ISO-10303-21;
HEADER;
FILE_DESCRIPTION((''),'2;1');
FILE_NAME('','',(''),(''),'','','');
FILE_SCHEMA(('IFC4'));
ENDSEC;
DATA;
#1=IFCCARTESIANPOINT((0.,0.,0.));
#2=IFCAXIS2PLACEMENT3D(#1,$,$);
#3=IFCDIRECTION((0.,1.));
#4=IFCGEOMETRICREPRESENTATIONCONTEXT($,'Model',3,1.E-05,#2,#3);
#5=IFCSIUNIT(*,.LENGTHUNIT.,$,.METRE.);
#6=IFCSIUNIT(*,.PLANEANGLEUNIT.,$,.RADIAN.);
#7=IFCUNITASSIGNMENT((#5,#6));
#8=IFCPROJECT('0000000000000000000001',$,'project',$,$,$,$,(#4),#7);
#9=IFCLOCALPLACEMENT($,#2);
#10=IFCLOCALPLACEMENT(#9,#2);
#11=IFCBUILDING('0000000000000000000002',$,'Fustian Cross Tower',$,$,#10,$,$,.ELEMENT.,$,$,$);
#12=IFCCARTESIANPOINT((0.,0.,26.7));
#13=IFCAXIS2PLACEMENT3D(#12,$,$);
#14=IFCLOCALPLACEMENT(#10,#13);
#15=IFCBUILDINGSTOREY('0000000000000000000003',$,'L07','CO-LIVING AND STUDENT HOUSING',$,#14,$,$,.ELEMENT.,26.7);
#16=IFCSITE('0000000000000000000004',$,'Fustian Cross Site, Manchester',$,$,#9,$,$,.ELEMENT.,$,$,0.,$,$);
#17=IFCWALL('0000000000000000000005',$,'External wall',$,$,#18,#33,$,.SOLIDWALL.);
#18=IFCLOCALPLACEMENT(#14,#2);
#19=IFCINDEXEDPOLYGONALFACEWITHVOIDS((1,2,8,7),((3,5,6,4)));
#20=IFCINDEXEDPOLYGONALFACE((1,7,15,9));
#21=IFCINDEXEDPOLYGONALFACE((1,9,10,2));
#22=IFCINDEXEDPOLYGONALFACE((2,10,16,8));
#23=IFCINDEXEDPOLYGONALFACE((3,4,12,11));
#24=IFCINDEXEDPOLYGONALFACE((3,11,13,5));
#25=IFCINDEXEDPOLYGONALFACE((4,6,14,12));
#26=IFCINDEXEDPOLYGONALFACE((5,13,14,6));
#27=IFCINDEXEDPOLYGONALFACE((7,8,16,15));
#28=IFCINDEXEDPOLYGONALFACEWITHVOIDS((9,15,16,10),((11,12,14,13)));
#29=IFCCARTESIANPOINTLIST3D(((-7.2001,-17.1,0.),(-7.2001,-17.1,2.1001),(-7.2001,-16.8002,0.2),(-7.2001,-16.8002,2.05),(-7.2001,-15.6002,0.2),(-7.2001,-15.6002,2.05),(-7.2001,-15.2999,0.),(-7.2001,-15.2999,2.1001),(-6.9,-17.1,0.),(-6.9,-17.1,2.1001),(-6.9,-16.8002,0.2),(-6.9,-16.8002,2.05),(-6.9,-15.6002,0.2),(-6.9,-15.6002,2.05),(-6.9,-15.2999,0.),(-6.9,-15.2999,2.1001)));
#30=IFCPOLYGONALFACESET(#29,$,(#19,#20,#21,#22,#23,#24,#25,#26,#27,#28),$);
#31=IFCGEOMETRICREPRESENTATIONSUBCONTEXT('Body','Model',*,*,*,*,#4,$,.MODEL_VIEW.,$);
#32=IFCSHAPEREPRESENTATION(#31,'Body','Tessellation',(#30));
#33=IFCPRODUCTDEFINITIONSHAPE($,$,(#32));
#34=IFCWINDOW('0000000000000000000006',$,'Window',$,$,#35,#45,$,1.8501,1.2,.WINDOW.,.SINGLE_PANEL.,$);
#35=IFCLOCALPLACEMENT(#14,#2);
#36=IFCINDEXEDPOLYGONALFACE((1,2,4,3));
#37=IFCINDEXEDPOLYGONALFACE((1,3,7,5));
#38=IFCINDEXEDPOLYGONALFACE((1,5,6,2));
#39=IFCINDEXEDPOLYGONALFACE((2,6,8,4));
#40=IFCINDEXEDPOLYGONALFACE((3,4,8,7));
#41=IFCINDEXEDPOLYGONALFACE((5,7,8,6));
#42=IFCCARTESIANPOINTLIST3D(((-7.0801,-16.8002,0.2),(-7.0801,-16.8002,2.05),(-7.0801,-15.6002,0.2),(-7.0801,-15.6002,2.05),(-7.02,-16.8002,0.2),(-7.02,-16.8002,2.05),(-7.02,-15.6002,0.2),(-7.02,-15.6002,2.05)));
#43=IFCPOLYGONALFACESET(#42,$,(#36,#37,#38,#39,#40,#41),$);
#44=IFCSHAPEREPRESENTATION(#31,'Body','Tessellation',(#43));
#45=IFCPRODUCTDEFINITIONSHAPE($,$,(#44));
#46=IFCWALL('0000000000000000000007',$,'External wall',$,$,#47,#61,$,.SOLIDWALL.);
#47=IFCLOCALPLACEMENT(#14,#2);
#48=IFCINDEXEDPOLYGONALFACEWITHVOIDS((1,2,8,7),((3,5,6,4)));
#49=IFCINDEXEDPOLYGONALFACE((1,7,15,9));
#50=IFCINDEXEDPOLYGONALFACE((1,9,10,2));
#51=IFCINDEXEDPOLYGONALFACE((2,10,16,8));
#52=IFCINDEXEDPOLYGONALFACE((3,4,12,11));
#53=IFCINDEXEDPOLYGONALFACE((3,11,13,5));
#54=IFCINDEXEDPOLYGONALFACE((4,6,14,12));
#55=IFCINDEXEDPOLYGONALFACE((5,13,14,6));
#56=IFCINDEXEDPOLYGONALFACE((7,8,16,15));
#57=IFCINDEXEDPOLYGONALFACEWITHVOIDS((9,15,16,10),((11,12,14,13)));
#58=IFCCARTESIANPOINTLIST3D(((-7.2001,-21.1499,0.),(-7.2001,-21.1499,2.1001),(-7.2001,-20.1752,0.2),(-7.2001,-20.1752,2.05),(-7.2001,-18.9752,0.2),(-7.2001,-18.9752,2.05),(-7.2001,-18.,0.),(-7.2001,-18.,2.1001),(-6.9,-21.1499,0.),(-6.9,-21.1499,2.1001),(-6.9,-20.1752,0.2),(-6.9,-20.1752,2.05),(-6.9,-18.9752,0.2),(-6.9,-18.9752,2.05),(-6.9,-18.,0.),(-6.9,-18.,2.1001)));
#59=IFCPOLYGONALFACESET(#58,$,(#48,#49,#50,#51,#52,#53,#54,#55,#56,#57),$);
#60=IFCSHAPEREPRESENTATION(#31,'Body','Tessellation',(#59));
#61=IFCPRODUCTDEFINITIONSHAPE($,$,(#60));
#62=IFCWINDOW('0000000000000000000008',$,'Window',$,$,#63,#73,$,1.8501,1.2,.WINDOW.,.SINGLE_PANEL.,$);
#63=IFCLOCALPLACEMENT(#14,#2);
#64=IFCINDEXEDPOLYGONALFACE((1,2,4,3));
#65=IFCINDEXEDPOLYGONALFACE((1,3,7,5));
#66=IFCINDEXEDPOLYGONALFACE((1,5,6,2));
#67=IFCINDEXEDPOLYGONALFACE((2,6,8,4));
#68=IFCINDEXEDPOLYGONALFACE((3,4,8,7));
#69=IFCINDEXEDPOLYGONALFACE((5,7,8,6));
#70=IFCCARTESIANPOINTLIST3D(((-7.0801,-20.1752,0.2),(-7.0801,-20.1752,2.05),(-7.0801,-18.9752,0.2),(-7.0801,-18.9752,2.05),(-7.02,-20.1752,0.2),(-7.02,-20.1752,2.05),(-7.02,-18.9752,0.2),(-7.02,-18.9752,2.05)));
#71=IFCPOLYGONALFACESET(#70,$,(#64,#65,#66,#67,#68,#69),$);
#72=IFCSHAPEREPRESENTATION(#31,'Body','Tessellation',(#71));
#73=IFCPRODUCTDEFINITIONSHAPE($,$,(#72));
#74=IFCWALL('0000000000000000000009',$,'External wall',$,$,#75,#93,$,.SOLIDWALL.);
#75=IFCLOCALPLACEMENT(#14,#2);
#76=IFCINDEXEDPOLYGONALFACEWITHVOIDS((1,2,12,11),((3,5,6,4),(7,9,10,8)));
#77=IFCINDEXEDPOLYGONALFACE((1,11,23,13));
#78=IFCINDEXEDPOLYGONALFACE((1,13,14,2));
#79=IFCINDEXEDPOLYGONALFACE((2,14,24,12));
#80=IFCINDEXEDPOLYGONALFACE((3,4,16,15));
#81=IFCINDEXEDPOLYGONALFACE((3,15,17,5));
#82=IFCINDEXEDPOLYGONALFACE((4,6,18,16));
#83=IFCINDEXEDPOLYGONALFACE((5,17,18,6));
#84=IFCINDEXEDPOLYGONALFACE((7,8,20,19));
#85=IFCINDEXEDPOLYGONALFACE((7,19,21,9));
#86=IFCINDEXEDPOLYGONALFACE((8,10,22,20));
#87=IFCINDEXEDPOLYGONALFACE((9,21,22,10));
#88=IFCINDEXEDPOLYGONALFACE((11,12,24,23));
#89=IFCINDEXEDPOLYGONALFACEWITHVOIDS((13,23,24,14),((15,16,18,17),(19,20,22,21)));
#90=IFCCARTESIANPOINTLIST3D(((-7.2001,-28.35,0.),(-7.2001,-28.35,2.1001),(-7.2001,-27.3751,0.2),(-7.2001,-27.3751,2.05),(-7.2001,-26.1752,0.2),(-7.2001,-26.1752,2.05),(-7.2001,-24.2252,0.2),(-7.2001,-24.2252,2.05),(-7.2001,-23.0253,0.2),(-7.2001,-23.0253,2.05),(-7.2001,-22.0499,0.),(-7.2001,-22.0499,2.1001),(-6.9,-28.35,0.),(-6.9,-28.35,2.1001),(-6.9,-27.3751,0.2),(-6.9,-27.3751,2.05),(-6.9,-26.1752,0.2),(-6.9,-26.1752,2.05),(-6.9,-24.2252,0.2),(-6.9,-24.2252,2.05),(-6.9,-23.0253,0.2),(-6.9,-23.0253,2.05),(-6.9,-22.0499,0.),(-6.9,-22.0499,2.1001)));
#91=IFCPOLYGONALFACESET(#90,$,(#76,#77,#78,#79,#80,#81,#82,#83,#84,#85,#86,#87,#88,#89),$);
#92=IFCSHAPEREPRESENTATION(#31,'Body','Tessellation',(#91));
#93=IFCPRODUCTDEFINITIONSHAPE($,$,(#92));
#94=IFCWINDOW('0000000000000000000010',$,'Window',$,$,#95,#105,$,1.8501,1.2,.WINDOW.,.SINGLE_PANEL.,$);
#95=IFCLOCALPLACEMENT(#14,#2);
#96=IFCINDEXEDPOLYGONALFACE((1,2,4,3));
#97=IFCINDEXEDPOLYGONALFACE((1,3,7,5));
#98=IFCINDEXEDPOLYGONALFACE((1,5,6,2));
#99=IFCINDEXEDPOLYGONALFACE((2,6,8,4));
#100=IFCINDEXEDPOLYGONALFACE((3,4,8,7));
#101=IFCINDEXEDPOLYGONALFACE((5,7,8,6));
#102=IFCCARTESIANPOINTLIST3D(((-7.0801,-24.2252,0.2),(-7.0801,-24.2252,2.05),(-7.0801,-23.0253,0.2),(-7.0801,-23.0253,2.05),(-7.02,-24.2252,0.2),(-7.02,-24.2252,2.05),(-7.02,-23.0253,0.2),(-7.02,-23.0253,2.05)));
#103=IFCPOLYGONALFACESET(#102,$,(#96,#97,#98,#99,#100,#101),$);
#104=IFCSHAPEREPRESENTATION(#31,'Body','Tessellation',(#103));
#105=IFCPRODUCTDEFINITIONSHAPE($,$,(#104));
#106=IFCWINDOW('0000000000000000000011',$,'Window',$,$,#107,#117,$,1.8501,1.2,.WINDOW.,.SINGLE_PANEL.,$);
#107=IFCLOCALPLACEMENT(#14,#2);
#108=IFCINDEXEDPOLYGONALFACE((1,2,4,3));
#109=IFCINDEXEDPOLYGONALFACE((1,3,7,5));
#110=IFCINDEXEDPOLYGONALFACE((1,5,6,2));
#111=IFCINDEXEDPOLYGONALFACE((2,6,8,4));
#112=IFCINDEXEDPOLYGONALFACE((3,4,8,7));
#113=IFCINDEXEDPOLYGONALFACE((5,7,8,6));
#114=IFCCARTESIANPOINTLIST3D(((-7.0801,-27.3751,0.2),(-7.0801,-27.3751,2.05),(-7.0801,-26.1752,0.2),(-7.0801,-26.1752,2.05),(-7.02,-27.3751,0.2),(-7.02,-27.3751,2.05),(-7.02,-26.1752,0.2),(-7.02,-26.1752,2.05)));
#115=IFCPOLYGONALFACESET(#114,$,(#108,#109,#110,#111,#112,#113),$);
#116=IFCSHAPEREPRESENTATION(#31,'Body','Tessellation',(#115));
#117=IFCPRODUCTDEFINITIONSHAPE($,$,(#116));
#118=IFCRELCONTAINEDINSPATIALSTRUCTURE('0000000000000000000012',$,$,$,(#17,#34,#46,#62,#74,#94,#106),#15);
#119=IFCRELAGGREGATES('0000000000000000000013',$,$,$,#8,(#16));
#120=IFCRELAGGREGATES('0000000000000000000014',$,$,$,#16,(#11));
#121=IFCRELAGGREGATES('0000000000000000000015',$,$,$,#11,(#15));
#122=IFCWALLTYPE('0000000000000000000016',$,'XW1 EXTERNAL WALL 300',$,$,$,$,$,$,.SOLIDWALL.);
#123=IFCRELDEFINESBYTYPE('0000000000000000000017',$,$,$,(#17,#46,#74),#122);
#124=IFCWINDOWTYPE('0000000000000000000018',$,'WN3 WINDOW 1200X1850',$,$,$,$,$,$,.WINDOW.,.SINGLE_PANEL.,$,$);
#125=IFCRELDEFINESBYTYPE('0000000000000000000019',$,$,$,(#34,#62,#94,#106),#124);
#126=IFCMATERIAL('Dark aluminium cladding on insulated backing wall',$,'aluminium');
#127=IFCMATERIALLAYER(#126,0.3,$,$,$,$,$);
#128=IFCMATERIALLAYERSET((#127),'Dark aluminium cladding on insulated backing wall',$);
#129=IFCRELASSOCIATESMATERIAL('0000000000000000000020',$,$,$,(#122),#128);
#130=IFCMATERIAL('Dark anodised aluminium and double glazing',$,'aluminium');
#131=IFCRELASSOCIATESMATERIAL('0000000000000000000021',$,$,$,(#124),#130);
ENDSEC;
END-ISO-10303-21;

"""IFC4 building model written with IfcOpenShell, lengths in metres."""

from ifc_helpers import new_model, si_unit, direction, frame, frame_2d, origin, place, context, subcontext, project, spatial, rectangle, extrude, material, layer, layer_set, type_object, element, fill, save


model = new_model("IFC4")

# Units and contexts
model_context = context("Model", 3, precision=1e-05, world=origin(), true_north=direction((0.0, 1.0)))
body_context = subcontext(model_context, "Body", "Model", "MODEL_VIEW")
ifc_project = project(units=[si_unit("LENGTHUNIT", "METRE"), si_unit("PLANEANGLEUNIT", "RADIAN")], contexts=[model_context])

# Site, building, storey
site_placement = place(None, origin())
site = spatial("IfcSite", under=ifc_project, at=site_placement, Name="Fustian Cross Site, Manchester", CompositionType="ELEMENT", RefElevation=0.0)
building_placement = place(site_placement, origin())
building = spatial("IfcBuilding", under=site, at=building_placement, Name="Fustian Cross Tower", CompositionType="ELEMENT")
storey_placement = place(building_placement, frame((0.0, 0.0, 26.7)))
storey = spatial("IfcBuildingStorey", under=building, at=storey_placement, Name="L07", Description="CO-LIVING AND STUDENT HOUSING", CompositionType="ELEMENT", Elevation=26.7)

# Shared definitions
ifc_material_1 = material(Name="Dark aluminium cladding on insulated backing wall", Category="aluminium")
ifc_layer_1 = layer(ifc_material_1, 0.3)
ifc_layer_set_1 = layer_set([ifc_layer_1], Name="Dark aluminium cladding on insulated backing wall")
wall_type_1 = type_object("IfcWallType", Name="XW1 EXTERNAL WALL 300", PredefinedType="SOLIDWALL", material=ifc_layer_set_1)

# Walls, openings, windows
wall_1_placement = place(storey_placement, frame((-7.05, -15.3, 0.0), z_axis=(0.0, 0.0, 1.0), x_axis=(0.0, -1.0, 0.0)))
wall_1 = element("IfcWall", 1, at=wall_1_placement, inside=storey, type_object=wall_type_1, Name="External wall", PredefinedType="SOLIDWALL", context=body_context, shape_type="SweptSolid", body=[
    extrude(rectangle(XDim=1.8, YDim=0.3, at=frame_2d((0.8999, 0.0))), origin(), (0.0, 0.0, 1.0), 2.1001),
])
opening_1_placement = place(wall_1_placement, frame((0.3, 0.0, 0.2)))
opening_1 = element("IfcOpeningElement", 2, at=opening_1_placement, cuts=wall_1, PredefinedType="OPENING", context=body_context, shape_type="SweptSolid", body=[
    extrude(rectangle(XDim=1.2, YDim=1.8501, at=frame_2d((0.6001, 0.925))), frame((0.0, 0.1599, 0.0), z_axis=(0.0, -1.0, 0.0), x_axis=(1.0, 0.0, 0.0)), (0.0, 0.0, 1.0), 0.3201),
])
ifc_material_2 = material(Name="Dark anodised aluminium and double glazing", Category="aluminium")
window_type = type_object("IfcWindowType", Name="WN3 WINDOW 1200X1850", PartitioningType="SINGLE_PANEL", PredefinedType="WINDOW", material=ifc_material_2)
window_1_placement = place(opening_1_placement, origin())
window_1 = element("IfcWindow", 3, at=window_1_placement, inside=storey, type_object=window_type, Name="Window", OverallHeight=1.8501, OverallWidth=1.2, PartitioningType="SINGLE_PANEL", PredefinedType="WINDOW", context=body_context, shape_type="SweptSolid", body=[
    extrude(rectangle(XDim=1.2, YDim=1.8501, at=frame_2d((0.6001, 0.925))), frame((0.0, 0.03, 0.0), z_axis=(0.0, -1.0, 0.0), x_axis=(1.0, 0.0, 0.0)), (0.0, 0.0, 1.0), 0.0601),
])
fill(opening_1, window_1)
wall_2_placement = place(storey_placement, frame((-7.05, -18.0, 0.0), z_axis=(0.0, 0.0, 1.0), x_axis=(0.0, -1.0, 0.0)))
wall_2 = element("IfcWall", 4, at=wall_2_placement, inside=storey, type_object=wall_type_1, Name="External wall", PredefinedType="SOLIDWALL", context=body_context, shape_type="SweptSolid", body=[
    extrude(rectangle(XDim=3.1499, YDim=0.3, at=frame_2d((1.575, 0.0))), origin(), (0.0, 0.0, 1.0), 2.1001),
])
opening_2_placement = place(wall_2_placement, frame((0.9751, 0.0, 0.2)))
opening_2 = element("IfcOpeningElement", 5, at=opening_2_placement, cuts=wall_2, PredefinedType="OPENING", context=body_context, shape_type="SweptSolid", body=[
    extrude(rectangle(XDim=1.2, YDim=1.8501, at=frame_2d((0.6001, 0.925))), frame((0.0, 0.1599, 0.0), z_axis=(0.0, -1.0, 0.0), x_axis=(1.0, 0.0, 0.0)), (0.0, 0.0, 1.0), 0.3201),
])
window_2_placement = place(opening_2_placement, origin())
window_2 = element("IfcWindow", 6, at=window_2_placement, inside=storey, type_object=window_type, Name="Window", OverallHeight=1.8501, OverallWidth=1.2, PartitioningType="SINGLE_PANEL", PredefinedType="WINDOW", context=body_context, shape_type="SweptSolid", body=[
    extrude(rectangle(XDim=1.2, YDim=1.8501, at=frame_2d((0.6001, 0.925))), frame((0.0, 0.03, 0.0), z_axis=(0.0, -1.0, 0.0), x_axis=(1.0, 0.0, 0.0)), (0.0, 0.0, 1.0), 0.0601),
])
fill(opening_2, window_2)

# Wall, openings, windows
wall_3_placement = place(storey_placement, frame((-7.05, -22.05, 0.0), z_axis=(0.0, 0.0, 1.0), x_axis=(0.0, -1.0, 0.0)))
wall_3 = element("IfcWall", 7, at=wall_3_placement, inside=storey, type_object=wall_type_1, Name="External wall", PredefinedType="SOLIDWALL", context=body_context, shape_type="SweptSolid", body=[
    extrude(rectangle(XDim=6.3, YDim=0.3, at=frame_2d((3.1499, 0.0))), origin(), (0.0, 0.0, 1.0), 2.1001),
])
opening_3_placement = place(wall_3_placement, frame((0.9751, 0.0, 0.2)))
opening_3 = element("IfcOpeningElement", 8, at=opening_3_placement, cuts=wall_3, PredefinedType="OPENING", context=body_context, shape_type="SweptSolid", body=[
    extrude(rectangle(XDim=1.2, YDim=1.8501, at=frame_2d((0.6001, 0.925))), frame((0.0, 0.1599, 0.0), z_axis=(0.0, -1.0, 0.0), x_axis=(1.0, 0.0, 0.0)), (0.0, 0.0, 1.0), 0.3201),
])
opening_4_placement = place(wall_3_placement, frame((4.125, 0.0, 0.2)))
opening_4 = element("IfcOpeningElement", 9, at=opening_4_placement, cuts=wall_3, PredefinedType="OPENING", context=body_context, shape_type="SweptSolid", body=[
    extrude(rectangle(XDim=1.2, YDim=1.8501, at=frame_2d((0.6001, 0.925))), frame((0.0, 0.1599, 0.0), z_axis=(0.0, -1.0, 0.0), x_axis=(1.0, 0.0, 0.0)), (0.0, 0.0, 1.0), 0.3201),
])
window_3_placement = place(opening_3_placement, origin())
window_3 = element("IfcWindow", 10, at=window_3_placement, inside=storey, type_object=window_type, Name="Window", OverallHeight=1.8501, OverallWidth=1.2, PartitioningType="SINGLE_PANEL", PredefinedType="WINDOW", context=body_context, shape_type="SweptSolid", body=[
    extrude(rectangle(XDim=1.2, YDim=1.8501, at=frame_2d((0.6001, 0.925))), frame((0.0, 0.03, 0.0), z_axis=(0.0, -1.0, 0.0), x_axis=(1.0, 0.0, 0.0)), (0.0, 0.0, 1.0), 0.0601),
])
fill(opening_3, window_3)
window_4_placement = place(opening_4_placement, origin())
window_4 = element("IfcWindow", 11, at=window_4_placement, inside=storey, type_object=window_type, Name="Window", OverallHeight=1.8501, OverallWidth=1.2, PartitioningType="SINGLE_PANEL", PredefinedType="WINDOW", context=body_context, shape_type="SweptSolid", body=[
    extrude(rectangle(XDim=1.2, YDim=1.8501, at=frame_2d((0.6001, 0.925))), frame((0.0, 0.03, 0.0), z_axis=(0.0, -1.0, 0.0), x_axis=(1.0, 0.0, 0.0)), (0.0, 0.0, 1.0), 0.0601),
])
fill(opening_4, window_4)

save(model, "model.ifc")
